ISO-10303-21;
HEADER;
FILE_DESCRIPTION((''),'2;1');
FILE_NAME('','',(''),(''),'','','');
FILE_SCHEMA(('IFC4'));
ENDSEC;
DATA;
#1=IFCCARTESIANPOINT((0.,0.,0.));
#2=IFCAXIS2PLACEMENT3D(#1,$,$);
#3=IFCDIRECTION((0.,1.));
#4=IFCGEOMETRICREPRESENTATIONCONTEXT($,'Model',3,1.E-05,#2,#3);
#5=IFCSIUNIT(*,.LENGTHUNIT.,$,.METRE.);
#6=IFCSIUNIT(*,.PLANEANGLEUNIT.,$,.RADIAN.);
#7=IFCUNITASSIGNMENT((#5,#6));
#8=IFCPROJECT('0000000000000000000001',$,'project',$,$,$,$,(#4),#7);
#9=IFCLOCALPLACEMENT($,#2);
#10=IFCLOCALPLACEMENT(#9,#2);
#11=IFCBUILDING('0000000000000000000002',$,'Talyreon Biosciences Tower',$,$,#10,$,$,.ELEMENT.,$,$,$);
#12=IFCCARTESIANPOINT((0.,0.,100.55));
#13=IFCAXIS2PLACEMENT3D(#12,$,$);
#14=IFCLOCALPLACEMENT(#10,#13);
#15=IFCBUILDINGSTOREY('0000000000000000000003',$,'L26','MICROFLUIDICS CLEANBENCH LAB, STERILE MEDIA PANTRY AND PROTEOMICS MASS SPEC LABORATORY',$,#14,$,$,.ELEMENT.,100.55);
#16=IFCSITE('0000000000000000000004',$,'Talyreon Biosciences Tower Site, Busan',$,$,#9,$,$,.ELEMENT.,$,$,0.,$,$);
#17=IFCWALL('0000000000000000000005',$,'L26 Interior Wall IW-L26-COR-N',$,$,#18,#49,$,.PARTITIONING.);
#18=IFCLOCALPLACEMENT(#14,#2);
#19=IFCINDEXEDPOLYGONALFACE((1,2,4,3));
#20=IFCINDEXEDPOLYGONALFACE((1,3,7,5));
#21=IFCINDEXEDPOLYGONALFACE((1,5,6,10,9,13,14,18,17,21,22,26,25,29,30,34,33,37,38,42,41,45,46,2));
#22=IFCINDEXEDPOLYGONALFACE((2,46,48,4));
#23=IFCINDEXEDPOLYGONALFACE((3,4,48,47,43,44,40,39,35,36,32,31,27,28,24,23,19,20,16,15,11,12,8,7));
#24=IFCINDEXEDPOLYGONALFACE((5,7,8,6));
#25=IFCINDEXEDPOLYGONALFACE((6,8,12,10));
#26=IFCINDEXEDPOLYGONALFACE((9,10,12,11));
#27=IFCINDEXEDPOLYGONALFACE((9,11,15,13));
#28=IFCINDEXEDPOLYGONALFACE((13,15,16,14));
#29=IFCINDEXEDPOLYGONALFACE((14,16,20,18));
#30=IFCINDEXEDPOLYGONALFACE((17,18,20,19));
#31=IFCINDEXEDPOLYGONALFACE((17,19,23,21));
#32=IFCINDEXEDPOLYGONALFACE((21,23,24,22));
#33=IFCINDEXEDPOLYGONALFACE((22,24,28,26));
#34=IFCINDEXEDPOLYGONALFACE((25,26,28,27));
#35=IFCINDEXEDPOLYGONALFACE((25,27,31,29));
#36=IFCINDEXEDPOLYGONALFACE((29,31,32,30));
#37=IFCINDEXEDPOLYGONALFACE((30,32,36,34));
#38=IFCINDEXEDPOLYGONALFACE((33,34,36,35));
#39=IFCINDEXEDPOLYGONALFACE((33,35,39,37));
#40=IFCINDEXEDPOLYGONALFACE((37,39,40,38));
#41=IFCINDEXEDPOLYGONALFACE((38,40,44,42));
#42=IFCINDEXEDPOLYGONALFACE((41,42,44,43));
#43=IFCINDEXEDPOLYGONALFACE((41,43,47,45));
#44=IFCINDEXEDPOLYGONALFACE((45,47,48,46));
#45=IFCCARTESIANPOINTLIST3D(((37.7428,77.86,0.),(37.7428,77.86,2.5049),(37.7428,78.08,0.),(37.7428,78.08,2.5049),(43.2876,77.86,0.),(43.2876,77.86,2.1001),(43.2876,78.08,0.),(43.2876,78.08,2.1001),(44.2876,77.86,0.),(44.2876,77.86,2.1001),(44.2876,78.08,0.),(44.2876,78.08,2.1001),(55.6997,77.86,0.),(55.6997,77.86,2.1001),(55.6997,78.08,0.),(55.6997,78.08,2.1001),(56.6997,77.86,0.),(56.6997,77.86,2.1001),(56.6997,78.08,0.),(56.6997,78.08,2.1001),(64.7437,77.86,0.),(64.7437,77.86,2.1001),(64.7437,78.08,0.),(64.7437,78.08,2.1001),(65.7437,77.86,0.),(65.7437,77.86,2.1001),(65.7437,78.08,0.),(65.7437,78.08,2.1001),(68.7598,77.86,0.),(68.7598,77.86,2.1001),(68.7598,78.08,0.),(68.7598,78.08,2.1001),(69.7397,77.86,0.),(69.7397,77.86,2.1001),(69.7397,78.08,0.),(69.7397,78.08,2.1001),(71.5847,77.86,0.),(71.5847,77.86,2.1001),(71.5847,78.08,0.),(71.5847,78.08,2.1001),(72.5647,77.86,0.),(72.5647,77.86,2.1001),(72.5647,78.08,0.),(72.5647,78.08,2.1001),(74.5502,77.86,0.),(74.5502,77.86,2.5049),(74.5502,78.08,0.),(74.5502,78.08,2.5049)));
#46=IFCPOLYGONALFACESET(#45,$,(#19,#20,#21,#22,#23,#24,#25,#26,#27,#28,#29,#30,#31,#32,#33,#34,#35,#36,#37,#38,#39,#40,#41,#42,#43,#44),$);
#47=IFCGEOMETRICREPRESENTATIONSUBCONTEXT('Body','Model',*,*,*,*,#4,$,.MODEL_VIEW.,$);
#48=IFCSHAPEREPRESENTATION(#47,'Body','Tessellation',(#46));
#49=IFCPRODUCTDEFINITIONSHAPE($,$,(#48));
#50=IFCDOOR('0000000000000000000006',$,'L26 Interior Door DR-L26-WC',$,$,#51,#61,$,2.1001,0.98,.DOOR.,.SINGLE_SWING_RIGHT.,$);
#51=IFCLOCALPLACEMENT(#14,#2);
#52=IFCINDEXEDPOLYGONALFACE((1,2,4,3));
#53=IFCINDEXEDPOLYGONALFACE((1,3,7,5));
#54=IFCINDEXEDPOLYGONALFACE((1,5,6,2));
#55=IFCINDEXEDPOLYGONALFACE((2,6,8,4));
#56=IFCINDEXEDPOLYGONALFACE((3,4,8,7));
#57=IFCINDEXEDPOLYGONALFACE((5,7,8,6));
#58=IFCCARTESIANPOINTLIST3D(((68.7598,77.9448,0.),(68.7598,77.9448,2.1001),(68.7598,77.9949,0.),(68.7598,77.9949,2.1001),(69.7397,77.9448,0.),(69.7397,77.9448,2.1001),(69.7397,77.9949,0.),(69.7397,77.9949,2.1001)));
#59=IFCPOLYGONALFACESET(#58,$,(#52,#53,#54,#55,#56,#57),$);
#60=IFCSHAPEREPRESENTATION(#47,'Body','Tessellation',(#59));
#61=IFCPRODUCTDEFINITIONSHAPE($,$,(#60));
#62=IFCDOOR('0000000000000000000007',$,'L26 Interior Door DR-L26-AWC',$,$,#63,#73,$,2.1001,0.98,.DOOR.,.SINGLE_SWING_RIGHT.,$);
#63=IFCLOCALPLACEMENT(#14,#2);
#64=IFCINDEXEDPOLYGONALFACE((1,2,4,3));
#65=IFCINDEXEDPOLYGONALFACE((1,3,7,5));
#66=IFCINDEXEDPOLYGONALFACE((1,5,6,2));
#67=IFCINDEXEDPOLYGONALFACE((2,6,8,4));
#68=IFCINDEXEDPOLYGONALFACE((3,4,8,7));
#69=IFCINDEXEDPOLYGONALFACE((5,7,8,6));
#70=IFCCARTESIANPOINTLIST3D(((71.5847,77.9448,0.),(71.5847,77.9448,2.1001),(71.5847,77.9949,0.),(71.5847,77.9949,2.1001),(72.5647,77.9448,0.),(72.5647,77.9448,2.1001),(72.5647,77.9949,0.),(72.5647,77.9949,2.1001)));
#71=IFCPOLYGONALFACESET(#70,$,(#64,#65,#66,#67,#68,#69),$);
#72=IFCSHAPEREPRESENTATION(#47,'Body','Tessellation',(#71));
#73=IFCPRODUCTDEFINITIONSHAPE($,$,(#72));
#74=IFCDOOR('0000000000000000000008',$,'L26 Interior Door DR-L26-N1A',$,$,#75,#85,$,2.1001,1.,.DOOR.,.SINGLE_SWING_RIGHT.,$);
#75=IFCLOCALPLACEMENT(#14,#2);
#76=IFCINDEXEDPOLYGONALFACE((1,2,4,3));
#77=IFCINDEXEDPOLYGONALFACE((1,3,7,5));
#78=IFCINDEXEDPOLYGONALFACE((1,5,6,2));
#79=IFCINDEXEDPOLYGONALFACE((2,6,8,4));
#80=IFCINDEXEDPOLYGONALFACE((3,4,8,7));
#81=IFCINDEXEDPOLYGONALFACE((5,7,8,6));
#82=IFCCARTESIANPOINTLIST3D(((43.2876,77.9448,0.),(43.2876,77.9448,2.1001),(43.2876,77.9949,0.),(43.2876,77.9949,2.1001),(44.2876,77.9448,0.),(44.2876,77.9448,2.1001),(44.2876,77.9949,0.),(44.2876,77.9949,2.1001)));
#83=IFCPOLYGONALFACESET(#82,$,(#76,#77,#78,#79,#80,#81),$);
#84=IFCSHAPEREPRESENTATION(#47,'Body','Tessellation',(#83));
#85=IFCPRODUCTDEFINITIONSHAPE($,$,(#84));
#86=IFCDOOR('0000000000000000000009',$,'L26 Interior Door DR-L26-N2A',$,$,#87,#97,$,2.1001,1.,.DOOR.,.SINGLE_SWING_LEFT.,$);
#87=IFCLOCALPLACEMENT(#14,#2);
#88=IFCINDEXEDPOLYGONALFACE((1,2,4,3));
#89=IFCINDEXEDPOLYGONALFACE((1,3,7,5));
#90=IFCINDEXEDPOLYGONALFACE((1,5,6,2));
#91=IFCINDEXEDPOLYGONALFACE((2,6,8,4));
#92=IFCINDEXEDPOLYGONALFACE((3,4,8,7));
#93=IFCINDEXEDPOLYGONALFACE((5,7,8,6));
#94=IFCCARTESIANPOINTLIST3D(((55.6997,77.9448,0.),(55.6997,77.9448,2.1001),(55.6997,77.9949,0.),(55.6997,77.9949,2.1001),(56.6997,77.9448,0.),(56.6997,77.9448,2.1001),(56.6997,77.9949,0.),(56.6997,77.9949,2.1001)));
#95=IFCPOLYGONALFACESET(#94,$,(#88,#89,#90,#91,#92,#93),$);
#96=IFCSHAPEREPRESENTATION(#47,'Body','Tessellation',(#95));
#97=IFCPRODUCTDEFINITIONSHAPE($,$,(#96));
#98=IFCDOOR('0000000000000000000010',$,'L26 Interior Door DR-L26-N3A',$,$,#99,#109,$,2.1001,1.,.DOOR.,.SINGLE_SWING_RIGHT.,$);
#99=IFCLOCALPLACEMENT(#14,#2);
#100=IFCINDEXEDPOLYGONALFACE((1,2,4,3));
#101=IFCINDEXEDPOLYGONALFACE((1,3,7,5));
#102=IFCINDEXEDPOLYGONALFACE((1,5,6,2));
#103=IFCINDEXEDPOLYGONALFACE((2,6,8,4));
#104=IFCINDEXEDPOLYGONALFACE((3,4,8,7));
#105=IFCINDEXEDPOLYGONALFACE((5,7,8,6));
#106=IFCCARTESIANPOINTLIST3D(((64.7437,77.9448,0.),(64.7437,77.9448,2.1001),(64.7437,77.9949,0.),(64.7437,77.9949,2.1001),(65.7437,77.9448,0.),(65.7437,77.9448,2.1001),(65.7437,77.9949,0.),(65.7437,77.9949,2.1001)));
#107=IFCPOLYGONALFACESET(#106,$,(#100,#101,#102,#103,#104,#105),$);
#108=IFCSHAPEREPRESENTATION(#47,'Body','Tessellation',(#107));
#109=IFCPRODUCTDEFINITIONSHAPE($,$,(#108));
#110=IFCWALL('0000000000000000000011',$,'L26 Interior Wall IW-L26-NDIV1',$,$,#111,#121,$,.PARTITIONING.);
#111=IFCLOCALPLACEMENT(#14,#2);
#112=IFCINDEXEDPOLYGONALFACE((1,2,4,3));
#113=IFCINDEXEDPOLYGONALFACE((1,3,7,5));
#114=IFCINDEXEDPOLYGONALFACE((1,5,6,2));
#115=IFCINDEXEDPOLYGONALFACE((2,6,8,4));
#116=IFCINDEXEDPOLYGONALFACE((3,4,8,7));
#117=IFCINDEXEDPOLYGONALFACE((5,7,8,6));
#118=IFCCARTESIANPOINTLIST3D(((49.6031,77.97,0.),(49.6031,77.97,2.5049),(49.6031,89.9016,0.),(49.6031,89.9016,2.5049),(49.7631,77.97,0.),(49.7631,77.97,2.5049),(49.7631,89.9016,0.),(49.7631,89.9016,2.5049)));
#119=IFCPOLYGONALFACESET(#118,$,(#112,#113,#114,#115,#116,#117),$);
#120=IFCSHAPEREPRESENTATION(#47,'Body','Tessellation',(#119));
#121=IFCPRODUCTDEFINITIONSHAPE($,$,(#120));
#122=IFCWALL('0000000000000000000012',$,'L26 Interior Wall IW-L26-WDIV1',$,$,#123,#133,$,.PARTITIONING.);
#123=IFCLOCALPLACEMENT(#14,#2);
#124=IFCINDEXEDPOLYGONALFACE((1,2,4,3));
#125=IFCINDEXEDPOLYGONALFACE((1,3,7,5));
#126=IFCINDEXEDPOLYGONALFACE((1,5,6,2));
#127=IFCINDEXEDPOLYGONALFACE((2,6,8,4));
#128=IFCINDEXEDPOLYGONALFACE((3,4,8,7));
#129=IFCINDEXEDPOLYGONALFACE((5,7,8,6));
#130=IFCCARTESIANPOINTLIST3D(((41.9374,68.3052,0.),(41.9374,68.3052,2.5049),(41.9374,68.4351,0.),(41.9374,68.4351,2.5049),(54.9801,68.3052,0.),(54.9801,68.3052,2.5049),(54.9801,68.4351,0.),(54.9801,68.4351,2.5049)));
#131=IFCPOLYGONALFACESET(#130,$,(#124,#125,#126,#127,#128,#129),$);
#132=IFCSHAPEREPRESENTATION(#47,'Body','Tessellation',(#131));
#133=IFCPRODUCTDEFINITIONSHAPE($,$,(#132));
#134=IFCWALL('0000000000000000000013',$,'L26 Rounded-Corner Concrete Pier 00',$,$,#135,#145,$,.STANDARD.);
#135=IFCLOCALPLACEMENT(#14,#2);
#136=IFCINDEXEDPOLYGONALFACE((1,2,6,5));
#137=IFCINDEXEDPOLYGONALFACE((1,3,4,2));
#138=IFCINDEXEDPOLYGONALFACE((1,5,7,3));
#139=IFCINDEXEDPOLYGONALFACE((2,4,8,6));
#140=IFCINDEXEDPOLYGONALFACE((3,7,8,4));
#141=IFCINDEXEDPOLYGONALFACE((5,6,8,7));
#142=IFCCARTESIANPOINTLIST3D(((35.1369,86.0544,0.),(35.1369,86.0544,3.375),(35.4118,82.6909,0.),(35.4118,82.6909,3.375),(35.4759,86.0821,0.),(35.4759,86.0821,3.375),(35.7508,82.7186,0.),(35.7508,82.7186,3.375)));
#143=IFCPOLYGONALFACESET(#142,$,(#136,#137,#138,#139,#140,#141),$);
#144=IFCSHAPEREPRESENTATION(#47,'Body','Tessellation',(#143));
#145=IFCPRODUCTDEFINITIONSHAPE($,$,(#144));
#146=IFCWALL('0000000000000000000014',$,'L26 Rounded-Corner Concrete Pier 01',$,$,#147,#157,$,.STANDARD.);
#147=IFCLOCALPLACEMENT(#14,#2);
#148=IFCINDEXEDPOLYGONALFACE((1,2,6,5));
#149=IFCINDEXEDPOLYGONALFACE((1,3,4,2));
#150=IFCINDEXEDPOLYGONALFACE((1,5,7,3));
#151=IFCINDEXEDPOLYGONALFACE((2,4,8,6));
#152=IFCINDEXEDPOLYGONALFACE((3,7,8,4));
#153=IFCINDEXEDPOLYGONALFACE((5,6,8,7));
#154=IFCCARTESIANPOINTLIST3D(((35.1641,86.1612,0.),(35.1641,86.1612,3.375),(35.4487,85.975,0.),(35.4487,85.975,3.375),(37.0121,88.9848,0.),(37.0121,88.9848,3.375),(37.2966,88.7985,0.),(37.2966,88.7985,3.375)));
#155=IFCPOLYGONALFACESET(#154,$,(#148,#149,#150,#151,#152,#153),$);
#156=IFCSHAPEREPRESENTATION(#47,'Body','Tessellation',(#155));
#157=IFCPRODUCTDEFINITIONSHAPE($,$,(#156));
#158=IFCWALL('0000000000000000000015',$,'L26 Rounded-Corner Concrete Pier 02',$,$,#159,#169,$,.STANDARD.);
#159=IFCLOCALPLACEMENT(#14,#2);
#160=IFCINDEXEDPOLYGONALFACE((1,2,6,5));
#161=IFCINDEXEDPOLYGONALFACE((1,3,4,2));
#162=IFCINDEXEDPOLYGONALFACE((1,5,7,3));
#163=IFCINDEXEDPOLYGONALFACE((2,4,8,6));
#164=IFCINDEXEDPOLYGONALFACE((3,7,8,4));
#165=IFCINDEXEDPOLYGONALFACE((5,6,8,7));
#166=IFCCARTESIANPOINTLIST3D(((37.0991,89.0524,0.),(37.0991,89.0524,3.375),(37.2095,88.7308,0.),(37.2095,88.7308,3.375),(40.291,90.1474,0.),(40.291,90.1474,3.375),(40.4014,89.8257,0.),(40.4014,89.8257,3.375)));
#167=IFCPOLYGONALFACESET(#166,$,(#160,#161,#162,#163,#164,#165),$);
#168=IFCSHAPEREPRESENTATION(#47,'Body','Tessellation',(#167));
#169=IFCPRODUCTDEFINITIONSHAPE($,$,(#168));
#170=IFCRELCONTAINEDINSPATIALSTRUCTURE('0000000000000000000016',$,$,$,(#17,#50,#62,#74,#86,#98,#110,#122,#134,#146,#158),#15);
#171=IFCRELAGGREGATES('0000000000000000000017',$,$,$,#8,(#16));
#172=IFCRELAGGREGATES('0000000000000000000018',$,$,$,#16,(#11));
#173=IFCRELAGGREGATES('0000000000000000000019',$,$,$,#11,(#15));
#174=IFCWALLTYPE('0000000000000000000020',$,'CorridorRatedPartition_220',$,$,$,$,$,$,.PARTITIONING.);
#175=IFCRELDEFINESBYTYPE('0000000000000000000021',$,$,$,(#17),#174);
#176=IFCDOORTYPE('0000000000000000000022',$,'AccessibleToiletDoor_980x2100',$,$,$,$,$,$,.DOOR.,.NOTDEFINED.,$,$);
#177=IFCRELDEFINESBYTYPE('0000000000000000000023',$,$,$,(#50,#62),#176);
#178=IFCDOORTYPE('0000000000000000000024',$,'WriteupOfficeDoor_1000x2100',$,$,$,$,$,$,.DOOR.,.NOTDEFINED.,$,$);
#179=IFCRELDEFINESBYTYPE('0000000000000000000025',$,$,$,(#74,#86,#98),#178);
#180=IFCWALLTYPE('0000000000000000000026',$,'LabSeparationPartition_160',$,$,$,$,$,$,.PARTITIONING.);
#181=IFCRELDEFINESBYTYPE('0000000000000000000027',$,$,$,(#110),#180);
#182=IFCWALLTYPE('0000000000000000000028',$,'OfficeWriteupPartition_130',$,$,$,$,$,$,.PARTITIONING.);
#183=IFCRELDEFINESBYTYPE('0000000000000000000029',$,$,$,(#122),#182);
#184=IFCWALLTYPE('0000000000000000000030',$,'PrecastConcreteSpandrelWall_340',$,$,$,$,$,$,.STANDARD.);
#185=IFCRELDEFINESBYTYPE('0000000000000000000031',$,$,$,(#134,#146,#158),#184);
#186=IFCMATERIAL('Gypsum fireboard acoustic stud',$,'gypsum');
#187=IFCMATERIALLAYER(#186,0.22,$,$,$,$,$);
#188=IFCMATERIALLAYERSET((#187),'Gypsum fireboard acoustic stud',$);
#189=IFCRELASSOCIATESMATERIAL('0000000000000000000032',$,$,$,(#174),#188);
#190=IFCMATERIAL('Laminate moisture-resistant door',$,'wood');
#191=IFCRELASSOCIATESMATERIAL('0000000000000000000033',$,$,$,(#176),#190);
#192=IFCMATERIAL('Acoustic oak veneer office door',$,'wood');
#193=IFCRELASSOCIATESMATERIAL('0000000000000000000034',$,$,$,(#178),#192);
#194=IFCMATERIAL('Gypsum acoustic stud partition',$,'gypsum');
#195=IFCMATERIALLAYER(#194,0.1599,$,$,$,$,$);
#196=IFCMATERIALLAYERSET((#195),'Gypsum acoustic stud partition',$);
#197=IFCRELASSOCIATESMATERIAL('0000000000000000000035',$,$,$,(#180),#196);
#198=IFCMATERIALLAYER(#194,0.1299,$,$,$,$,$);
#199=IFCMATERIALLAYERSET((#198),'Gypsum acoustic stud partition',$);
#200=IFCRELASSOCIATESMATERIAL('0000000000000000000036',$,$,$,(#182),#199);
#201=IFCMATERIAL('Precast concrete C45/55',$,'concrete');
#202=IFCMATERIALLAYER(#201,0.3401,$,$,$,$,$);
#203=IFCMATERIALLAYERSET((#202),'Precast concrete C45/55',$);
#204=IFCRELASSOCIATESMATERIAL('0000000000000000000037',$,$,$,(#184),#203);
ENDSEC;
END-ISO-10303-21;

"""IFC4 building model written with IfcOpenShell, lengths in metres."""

from ifc_helpers import new_model, si_unit, direction, frame, frame_2d, origin, place, context, subcontext, project, spatial, rectangle, extrude, material, layer, layer_set, type_object, element, fill, save


model = new_model("IFC4")

# Units and contexts
model_context = context("Model", 3, precision=1e-05, world=origin(), true_north=direction((0.0, 1.0)))
body_context = subcontext(model_context, "Body", "Model", "MODEL_VIEW")
ifc_project = project(units=[si_unit("LENGTHUNIT", "METRE"), si_unit("PLANEANGLEUNIT", "RADIAN")], contexts=[model_context])

# Site, building, storey
site_placement = place(None, origin())
site = spatial("IfcSite", under=ifc_project, at=site_placement, Name="Talyreon Biosciences Tower Site, Busan", CompositionType="ELEMENT", RefElevation=0.0)
building_placement = place(site_placement, origin())
building = spatial("IfcBuilding", under=site, at=building_placement, Name="Talyreon Biosciences Tower", CompositionType="ELEMENT")
storey_placement = place(building_placement, frame((0.0, 0.0, 100.55)))
storey = spatial("IfcBuildingStorey", under=building, at=storey_placement, Name="L26", Description="MICROFLUIDICS CLEANBENCH LAB, STERILE MEDIA PANTRY AND PROTEOMICS MASS SPEC LABORATORY", CompositionType="ELEMENT", Elevation=100.55)

# Shared definitions
ifc_material_1 = material(Name="Precast concrete C45/55", Category="concrete")

# Wall, openings, doors
ifc_material_2 = material(Name="Gypsum fireboard acoustic stud", Category="gypsum")
ifc_layer_1 = layer(ifc_material_2, 0.22)
ifc_layer_set_1 = layer_set([ifc_layer_1], Name="Gypsum fireboard acoustic stud")
wall_type_1 = type_object("IfcWallType", Name="CorridorRatedPartition_220", PredefinedType="PARTITIONING", material=ifc_layer_set_1)
wall_1_placement = place(storey_placement, frame((37.7427, 77.97, 0.0), z_axis=(0.0, 0.0, 1.0), x_axis=(1.0, 0.0, 0.0)))
wall_1 = element("IfcWall", 1, at=wall_1_placement, inside=storey, type_object=wall_type_1, Name="L26 Interior Wall IW-L26-COR-N", PredefinedType="PARTITIONING", context=body_context, shape_type="SweptSolid", body=[
    extrude(rectangle(XDim=36.8074, YDim=0.22, at=frame_2d((18.4038, 0.0))), origin(), (0.0, 0.0, 1.0), 2.5049),
])
opening_1_placement = place(wall_1_placement, frame((31.0171, 0.0, 0.0)))
opening_1 = element("IfcOpeningElement", 2, at=opening_1_placement, cuts=wall_1, PredefinedType="OPENING", context=body_context, shape_type="SweptSolid", body=[
    extrude(rectangle(XDim=0.98, YDim=2.1001, at=frame_2d((0.49, 1.05))), frame((0.0, 0.1199, 0.0), z_axis=(0.0, -1.0, 0.0), x_axis=(1.0, 0.0, 0.0)), (0.0, 0.0, 1.0), 0.24),
])
opening_2_placement = place(wall_1_placement, frame((33.842, 0.0, 0.0)))
opening_2 = element("IfcOpeningElement", 3, at=opening_2_placement, cuts=wall_1, PredefinedType="OPENING", context=body_context, shape_type="SweptSolid", body=[
    extrude(rectangle(XDim=0.98, YDim=2.1001, at=frame_2d((0.49, 1.05))), frame((0.0, 0.1199, 0.0), z_axis=(0.0, -1.0, 0.0), x_axis=(1.0, 0.0, 0.0)), (0.0, 0.0, 1.0), 0.24),
])
opening_3_placement = place(wall_1_placement, frame((5.5449, 0.0, 0.0)))
opening_3 = element("IfcOpeningElement", 4, at=opening_3_placement, cuts=wall_1, PredefinedType="OPENING", context=body_context, shape_type="SweptSolid", body=[
    extrude(rectangle(XDim=1.0, YDim=2.1001, at=frame_2d((0.5, 1.05))), frame((0.0, 0.1199, 0.0), z_axis=(0.0, -1.0, 0.0), x_axis=(1.0, 0.0, 0.0)), (0.0, 0.0, 1.0), 0.24),
])
opening_4_placement = place(wall_1_placement, frame((17.957, 0.0, 0.0)))
opening_4 = element("IfcOpeningElement", 5, at=opening_4_placement, cuts=wall_1, PredefinedType="OPENING", context=body_context, shape_type="SweptSolid", body=[
    extrude(rectangle(XDim=1.0, YDim=2.1001, at=frame_2d((0.5, 1.05))), frame((0.0, 0.1199, 0.0), z_axis=(0.0, -1.0, 0.0), x_axis=(1.0, 0.0, 0.0)), (0.0, 0.0, 1.0), 0.24),
])
opening_5_placement = place(wall_1_placement, frame((27.001, 0.0, 0.0)))
opening_5 = element("IfcOpeningElement", 6, at=opening_5_placement, cuts=wall_1, PredefinedType="OPENING", context=body_context, shape_type="SweptSolid", body=[
    extrude(rectangle(XDim=1.0, YDim=2.1001, at=frame_2d((0.5, 1.05))), frame((0.0, 0.1199, 0.0), z_axis=(0.0, -1.0, 0.0), x_axis=(1.0, 0.0, 0.0)), (0.0, 0.0, 1.0), 0.24),
])
ifc_material_3 = material(Name="Laminate moisture-resistant door", Category="wood")
door_type_1 = type_object("IfcDoorType", Name="AccessibleToiletDoor_980x2100", OperationType="NOTDEFINED", PredefinedType="DOOR", material=ifc_material_3)
door_1_placement = place(opening_1_placement, origin())
door_1 = element("IfcDoor", 7, at=door_1_placement, inside=storey, type_object=door_type_1, Name="L26 Interior Door DR-L26-WC", OperationType="SINGLE_SWING_RIGHT", OverallHeight=2.1001, OverallWidth=0.98, PredefinedType="DOOR", context=body_context, shape_type="SweptSolid", body=[
    extrude(rectangle(XDim=0.98, YDim=2.1001, at=frame_2d((0.49, 1.05))), frame((0.0, 0.0249, 0.0), z_axis=(0.0, -1.0, 0.0), x_axis=(1.0, 0.0, 0.0)), (0.0, 0.0, 1.0), 0.05),
])
fill(opening_1, door_1)
door_2_placement = place(opening_2_placement, origin())
door_2 = element("IfcDoor", 8, at=door_2_placement, inside=storey, type_object=door_type_1, Name="L26 Interior Door DR-L26-AWC", OperationType="SINGLE_SWING_RIGHT", OverallHeight=2.1001, OverallWidth=0.98, PredefinedType="DOOR", context=body_context, shape_type="SweptSolid", body=[
    extrude(rectangle(XDim=0.98, YDim=2.1001, at=frame_2d((0.49, 1.05))), frame((0.0, 0.0249, 0.0), z_axis=(0.0, -1.0, 0.0), x_axis=(1.0, 0.0, 0.0)), (0.0, 0.0, 1.0), 0.05),
])
fill(opening_2, door_2)
ifc_material_4 = material(Name="Acoustic oak veneer office door", Category="wood")
door_type_2 = type_object("IfcDoorType", Name="WriteupOfficeDoor_1000x2100", OperationType="NOTDEFINED", PredefinedType="DOOR", material=ifc_material_4)
door_3_placement = place(opening_3_placement, origin())
door_3 = element("IfcDoor", 9, at=door_3_placement, inside=storey, type_object=door_type_2, Name="L26 Interior Door DR-L26-N1A", OperationType="SINGLE_SWING_RIGHT", OverallHeight=2.1001, OverallWidth=1.0, PredefinedType="DOOR", context=body_context, shape_type="SweptSolid", body=[
    extrude(rectangle(XDim=1.0, YDim=2.1001, at=frame_2d((0.5, 1.05))), frame((0.0, 0.0249, 0.0), z_axis=(0.0, -1.0, 0.0), x_axis=(1.0, 0.0, 0.0)), (0.0, 0.0, 1.0), 0.05),
])
fill(opening_3, door_3)
door_4_placement = place(opening_4_placement, origin())
door_4 = element("IfcDoor", 10, at=door_4_placement, inside=storey, type_object=door_type_2, Name="L26 Interior Door DR-L26-N2A", OperationType="SINGLE_SWING_LEFT", OverallHeight=2.1001, OverallWidth=1.0, PredefinedType="DOOR", context=body_context, shape_type="SweptSolid", body=[
    extrude(rectangle(XDim=1.0, YDim=2.1001, at=frame_2d((0.5, 1.05))), frame((0.0, 0.0249, 0.0), z_axis=(0.0, -1.0, 0.0), x_axis=(1.0, 0.0, 0.0)), (0.0, 0.0, 1.0), 0.05),
])
fill(opening_4, door_4)
door_5_placement = place(opening_5_placement, origin())
door_5 = element("IfcDoor", 11, at=door_5_placement, inside=storey, type_object=door_type_2, Name="L26 Interior Door DR-L26-N3A", OperationType="SINGLE_SWING_RIGHT", OverallHeight=2.1001, OverallWidth=1.0, PredefinedType="DOOR", context=body_context, shape_type="SweptSolid", body=[
    extrude(rectangle(XDim=1.0, YDim=2.1001, at=frame_2d((0.5, 1.05))), frame((0.0, 0.0249, 0.0), z_axis=(0.0, -1.0, 0.0), x_axis=(1.0, 0.0, 0.0)), (0.0, 0.0, 1.0), 0.05),
])
fill(opening_5, door_5)

# Walls
ifc_material_5 = material(Name="Gypsum acoustic stud partition", Category="gypsum")
ifc_layer_2 = layer(ifc_material_5, 0.1599)
ifc_layer_set_2 = layer_set([ifc_layer_2], Name="Gypsum acoustic stud partition")
wall_type_2 = type_object("IfcWallType", Name="LabSeparationPartition_160", PredefinedType="PARTITIONING", material=ifc_layer_set_2)
wall_2_placement = place(storey_placement, frame((49.6831, 77.97, 0.0), z_axis=(0.0, 0.0, 1.0), x_axis=(0.0, 1.0, 0.0)))
element("IfcWall", 12, at=wall_2_placement, inside=storey, type_object=wall_type_2, Name="L26 Interior Wall IW-L26-NDIV1", PredefinedType="PARTITIONING", context=body_context, shape_type="SweptSolid", body=[
    extrude(rectangle(XDim=11.9316, YDim=0.1599, at=frame_2d((5.9658, 0.0))), origin(), (0.0, 0.0, 1.0), 2.5049),
])
ifc_layer_3 = layer(ifc_material_5, 0.1299)
ifc_layer_set_3 = layer_set([ifc_layer_3], Name="Gypsum acoustic stud partition")
wall_type_3 = type_object("IfcWallType", Name="OfficeWriteupPartition_130", PredefinedType="PARTITIONING", material=ifc_layer_set_3)
wall_3_placement = place(storey_placement, frame((41.9373, 68.3701, 0.0), z_axis=(0.0, 0.0, 1.0), x_axis=(1.0, 0.0, 0.0)))
element("IfcWall", 13, at=wall_3_placement, inside=storey, type_object=wall_type_3, Name="L26 Interior Wall IW-L26-WDIV1", PredefinedType="PARTITIONING", context=body_context, shape_type="SweptSolid", body=[
    extrude(rectangle(XDim=13.0427, YDim=0.1299, at=frame_2d((6.5215, 0.0))), origin(), (0.0, 0.0, 1.0), 2.5049),
])
ifc_layer_4 = layer(ifc_material_1, 0.3401)
ifc_layer_set_4 = layer_set([ifc_layer_4], Name="Precast concrete C45/55")
wall_type_4 = type_object("IfcWallType", Name="PrecastConcreteSpandrelWall_340", PredefinedType="STANDARD", material=ifc_layer_set_4)
wall_4_placement = place(storey_placement, frame((35.5813, 82.7046, 0.0), z_axis=(0.0, 0.0, 1.0), x_axis=(-0.081459, 0.996677, 0.0)))
element("IfcWall", 14, at=wall_4_placement, inside=storey, type_object=wall_type_4, Name="L26 Rounded-Corner Concrete Pier 00", PredefinedType="STANDARD", context=body_context, shape_type="SweptSolid", body=[
    extrude(rectangle(XDim=3.3748, YDim=0.3401, at=frame_2d((1.6875, 0.0))), origin(), (0.0, 0.0, 1.0), 3.375),
])
for number, where, z_axis, x_axis, name in (
    (15, (35.3064, 86.0681, 0.0), (0.0, 0.0, 1.0), (0.547618, 0.836729, 0.0), "L26 Rounded-Corner Concrete Pier 01"),
    (16, (37.1543, 88.8916, 0.0), (0.0, 0.0, 1.0), (0.945891, 0.324485, 0.0), "L26 Rounded-Corner Concrete Pier 02"),
):
    element("IfcWall", number, at=place(storey_placement, frame(where, z_axis=z_axis, x_axis=x_axis)), inside=storey, type_object=wall_type_4, Name=name, PredefinedType="STANDARD", context=body_context, shape_type="SweptSolid", body=[
        extrude(rectangle(XDim=3.3745, YDim=0.3401, at=frame_2d((1.6873, 0.0))), origin(), (0.0, 0.0, 1.0), 3.375),
    ])

save(model, "model.ifc")
